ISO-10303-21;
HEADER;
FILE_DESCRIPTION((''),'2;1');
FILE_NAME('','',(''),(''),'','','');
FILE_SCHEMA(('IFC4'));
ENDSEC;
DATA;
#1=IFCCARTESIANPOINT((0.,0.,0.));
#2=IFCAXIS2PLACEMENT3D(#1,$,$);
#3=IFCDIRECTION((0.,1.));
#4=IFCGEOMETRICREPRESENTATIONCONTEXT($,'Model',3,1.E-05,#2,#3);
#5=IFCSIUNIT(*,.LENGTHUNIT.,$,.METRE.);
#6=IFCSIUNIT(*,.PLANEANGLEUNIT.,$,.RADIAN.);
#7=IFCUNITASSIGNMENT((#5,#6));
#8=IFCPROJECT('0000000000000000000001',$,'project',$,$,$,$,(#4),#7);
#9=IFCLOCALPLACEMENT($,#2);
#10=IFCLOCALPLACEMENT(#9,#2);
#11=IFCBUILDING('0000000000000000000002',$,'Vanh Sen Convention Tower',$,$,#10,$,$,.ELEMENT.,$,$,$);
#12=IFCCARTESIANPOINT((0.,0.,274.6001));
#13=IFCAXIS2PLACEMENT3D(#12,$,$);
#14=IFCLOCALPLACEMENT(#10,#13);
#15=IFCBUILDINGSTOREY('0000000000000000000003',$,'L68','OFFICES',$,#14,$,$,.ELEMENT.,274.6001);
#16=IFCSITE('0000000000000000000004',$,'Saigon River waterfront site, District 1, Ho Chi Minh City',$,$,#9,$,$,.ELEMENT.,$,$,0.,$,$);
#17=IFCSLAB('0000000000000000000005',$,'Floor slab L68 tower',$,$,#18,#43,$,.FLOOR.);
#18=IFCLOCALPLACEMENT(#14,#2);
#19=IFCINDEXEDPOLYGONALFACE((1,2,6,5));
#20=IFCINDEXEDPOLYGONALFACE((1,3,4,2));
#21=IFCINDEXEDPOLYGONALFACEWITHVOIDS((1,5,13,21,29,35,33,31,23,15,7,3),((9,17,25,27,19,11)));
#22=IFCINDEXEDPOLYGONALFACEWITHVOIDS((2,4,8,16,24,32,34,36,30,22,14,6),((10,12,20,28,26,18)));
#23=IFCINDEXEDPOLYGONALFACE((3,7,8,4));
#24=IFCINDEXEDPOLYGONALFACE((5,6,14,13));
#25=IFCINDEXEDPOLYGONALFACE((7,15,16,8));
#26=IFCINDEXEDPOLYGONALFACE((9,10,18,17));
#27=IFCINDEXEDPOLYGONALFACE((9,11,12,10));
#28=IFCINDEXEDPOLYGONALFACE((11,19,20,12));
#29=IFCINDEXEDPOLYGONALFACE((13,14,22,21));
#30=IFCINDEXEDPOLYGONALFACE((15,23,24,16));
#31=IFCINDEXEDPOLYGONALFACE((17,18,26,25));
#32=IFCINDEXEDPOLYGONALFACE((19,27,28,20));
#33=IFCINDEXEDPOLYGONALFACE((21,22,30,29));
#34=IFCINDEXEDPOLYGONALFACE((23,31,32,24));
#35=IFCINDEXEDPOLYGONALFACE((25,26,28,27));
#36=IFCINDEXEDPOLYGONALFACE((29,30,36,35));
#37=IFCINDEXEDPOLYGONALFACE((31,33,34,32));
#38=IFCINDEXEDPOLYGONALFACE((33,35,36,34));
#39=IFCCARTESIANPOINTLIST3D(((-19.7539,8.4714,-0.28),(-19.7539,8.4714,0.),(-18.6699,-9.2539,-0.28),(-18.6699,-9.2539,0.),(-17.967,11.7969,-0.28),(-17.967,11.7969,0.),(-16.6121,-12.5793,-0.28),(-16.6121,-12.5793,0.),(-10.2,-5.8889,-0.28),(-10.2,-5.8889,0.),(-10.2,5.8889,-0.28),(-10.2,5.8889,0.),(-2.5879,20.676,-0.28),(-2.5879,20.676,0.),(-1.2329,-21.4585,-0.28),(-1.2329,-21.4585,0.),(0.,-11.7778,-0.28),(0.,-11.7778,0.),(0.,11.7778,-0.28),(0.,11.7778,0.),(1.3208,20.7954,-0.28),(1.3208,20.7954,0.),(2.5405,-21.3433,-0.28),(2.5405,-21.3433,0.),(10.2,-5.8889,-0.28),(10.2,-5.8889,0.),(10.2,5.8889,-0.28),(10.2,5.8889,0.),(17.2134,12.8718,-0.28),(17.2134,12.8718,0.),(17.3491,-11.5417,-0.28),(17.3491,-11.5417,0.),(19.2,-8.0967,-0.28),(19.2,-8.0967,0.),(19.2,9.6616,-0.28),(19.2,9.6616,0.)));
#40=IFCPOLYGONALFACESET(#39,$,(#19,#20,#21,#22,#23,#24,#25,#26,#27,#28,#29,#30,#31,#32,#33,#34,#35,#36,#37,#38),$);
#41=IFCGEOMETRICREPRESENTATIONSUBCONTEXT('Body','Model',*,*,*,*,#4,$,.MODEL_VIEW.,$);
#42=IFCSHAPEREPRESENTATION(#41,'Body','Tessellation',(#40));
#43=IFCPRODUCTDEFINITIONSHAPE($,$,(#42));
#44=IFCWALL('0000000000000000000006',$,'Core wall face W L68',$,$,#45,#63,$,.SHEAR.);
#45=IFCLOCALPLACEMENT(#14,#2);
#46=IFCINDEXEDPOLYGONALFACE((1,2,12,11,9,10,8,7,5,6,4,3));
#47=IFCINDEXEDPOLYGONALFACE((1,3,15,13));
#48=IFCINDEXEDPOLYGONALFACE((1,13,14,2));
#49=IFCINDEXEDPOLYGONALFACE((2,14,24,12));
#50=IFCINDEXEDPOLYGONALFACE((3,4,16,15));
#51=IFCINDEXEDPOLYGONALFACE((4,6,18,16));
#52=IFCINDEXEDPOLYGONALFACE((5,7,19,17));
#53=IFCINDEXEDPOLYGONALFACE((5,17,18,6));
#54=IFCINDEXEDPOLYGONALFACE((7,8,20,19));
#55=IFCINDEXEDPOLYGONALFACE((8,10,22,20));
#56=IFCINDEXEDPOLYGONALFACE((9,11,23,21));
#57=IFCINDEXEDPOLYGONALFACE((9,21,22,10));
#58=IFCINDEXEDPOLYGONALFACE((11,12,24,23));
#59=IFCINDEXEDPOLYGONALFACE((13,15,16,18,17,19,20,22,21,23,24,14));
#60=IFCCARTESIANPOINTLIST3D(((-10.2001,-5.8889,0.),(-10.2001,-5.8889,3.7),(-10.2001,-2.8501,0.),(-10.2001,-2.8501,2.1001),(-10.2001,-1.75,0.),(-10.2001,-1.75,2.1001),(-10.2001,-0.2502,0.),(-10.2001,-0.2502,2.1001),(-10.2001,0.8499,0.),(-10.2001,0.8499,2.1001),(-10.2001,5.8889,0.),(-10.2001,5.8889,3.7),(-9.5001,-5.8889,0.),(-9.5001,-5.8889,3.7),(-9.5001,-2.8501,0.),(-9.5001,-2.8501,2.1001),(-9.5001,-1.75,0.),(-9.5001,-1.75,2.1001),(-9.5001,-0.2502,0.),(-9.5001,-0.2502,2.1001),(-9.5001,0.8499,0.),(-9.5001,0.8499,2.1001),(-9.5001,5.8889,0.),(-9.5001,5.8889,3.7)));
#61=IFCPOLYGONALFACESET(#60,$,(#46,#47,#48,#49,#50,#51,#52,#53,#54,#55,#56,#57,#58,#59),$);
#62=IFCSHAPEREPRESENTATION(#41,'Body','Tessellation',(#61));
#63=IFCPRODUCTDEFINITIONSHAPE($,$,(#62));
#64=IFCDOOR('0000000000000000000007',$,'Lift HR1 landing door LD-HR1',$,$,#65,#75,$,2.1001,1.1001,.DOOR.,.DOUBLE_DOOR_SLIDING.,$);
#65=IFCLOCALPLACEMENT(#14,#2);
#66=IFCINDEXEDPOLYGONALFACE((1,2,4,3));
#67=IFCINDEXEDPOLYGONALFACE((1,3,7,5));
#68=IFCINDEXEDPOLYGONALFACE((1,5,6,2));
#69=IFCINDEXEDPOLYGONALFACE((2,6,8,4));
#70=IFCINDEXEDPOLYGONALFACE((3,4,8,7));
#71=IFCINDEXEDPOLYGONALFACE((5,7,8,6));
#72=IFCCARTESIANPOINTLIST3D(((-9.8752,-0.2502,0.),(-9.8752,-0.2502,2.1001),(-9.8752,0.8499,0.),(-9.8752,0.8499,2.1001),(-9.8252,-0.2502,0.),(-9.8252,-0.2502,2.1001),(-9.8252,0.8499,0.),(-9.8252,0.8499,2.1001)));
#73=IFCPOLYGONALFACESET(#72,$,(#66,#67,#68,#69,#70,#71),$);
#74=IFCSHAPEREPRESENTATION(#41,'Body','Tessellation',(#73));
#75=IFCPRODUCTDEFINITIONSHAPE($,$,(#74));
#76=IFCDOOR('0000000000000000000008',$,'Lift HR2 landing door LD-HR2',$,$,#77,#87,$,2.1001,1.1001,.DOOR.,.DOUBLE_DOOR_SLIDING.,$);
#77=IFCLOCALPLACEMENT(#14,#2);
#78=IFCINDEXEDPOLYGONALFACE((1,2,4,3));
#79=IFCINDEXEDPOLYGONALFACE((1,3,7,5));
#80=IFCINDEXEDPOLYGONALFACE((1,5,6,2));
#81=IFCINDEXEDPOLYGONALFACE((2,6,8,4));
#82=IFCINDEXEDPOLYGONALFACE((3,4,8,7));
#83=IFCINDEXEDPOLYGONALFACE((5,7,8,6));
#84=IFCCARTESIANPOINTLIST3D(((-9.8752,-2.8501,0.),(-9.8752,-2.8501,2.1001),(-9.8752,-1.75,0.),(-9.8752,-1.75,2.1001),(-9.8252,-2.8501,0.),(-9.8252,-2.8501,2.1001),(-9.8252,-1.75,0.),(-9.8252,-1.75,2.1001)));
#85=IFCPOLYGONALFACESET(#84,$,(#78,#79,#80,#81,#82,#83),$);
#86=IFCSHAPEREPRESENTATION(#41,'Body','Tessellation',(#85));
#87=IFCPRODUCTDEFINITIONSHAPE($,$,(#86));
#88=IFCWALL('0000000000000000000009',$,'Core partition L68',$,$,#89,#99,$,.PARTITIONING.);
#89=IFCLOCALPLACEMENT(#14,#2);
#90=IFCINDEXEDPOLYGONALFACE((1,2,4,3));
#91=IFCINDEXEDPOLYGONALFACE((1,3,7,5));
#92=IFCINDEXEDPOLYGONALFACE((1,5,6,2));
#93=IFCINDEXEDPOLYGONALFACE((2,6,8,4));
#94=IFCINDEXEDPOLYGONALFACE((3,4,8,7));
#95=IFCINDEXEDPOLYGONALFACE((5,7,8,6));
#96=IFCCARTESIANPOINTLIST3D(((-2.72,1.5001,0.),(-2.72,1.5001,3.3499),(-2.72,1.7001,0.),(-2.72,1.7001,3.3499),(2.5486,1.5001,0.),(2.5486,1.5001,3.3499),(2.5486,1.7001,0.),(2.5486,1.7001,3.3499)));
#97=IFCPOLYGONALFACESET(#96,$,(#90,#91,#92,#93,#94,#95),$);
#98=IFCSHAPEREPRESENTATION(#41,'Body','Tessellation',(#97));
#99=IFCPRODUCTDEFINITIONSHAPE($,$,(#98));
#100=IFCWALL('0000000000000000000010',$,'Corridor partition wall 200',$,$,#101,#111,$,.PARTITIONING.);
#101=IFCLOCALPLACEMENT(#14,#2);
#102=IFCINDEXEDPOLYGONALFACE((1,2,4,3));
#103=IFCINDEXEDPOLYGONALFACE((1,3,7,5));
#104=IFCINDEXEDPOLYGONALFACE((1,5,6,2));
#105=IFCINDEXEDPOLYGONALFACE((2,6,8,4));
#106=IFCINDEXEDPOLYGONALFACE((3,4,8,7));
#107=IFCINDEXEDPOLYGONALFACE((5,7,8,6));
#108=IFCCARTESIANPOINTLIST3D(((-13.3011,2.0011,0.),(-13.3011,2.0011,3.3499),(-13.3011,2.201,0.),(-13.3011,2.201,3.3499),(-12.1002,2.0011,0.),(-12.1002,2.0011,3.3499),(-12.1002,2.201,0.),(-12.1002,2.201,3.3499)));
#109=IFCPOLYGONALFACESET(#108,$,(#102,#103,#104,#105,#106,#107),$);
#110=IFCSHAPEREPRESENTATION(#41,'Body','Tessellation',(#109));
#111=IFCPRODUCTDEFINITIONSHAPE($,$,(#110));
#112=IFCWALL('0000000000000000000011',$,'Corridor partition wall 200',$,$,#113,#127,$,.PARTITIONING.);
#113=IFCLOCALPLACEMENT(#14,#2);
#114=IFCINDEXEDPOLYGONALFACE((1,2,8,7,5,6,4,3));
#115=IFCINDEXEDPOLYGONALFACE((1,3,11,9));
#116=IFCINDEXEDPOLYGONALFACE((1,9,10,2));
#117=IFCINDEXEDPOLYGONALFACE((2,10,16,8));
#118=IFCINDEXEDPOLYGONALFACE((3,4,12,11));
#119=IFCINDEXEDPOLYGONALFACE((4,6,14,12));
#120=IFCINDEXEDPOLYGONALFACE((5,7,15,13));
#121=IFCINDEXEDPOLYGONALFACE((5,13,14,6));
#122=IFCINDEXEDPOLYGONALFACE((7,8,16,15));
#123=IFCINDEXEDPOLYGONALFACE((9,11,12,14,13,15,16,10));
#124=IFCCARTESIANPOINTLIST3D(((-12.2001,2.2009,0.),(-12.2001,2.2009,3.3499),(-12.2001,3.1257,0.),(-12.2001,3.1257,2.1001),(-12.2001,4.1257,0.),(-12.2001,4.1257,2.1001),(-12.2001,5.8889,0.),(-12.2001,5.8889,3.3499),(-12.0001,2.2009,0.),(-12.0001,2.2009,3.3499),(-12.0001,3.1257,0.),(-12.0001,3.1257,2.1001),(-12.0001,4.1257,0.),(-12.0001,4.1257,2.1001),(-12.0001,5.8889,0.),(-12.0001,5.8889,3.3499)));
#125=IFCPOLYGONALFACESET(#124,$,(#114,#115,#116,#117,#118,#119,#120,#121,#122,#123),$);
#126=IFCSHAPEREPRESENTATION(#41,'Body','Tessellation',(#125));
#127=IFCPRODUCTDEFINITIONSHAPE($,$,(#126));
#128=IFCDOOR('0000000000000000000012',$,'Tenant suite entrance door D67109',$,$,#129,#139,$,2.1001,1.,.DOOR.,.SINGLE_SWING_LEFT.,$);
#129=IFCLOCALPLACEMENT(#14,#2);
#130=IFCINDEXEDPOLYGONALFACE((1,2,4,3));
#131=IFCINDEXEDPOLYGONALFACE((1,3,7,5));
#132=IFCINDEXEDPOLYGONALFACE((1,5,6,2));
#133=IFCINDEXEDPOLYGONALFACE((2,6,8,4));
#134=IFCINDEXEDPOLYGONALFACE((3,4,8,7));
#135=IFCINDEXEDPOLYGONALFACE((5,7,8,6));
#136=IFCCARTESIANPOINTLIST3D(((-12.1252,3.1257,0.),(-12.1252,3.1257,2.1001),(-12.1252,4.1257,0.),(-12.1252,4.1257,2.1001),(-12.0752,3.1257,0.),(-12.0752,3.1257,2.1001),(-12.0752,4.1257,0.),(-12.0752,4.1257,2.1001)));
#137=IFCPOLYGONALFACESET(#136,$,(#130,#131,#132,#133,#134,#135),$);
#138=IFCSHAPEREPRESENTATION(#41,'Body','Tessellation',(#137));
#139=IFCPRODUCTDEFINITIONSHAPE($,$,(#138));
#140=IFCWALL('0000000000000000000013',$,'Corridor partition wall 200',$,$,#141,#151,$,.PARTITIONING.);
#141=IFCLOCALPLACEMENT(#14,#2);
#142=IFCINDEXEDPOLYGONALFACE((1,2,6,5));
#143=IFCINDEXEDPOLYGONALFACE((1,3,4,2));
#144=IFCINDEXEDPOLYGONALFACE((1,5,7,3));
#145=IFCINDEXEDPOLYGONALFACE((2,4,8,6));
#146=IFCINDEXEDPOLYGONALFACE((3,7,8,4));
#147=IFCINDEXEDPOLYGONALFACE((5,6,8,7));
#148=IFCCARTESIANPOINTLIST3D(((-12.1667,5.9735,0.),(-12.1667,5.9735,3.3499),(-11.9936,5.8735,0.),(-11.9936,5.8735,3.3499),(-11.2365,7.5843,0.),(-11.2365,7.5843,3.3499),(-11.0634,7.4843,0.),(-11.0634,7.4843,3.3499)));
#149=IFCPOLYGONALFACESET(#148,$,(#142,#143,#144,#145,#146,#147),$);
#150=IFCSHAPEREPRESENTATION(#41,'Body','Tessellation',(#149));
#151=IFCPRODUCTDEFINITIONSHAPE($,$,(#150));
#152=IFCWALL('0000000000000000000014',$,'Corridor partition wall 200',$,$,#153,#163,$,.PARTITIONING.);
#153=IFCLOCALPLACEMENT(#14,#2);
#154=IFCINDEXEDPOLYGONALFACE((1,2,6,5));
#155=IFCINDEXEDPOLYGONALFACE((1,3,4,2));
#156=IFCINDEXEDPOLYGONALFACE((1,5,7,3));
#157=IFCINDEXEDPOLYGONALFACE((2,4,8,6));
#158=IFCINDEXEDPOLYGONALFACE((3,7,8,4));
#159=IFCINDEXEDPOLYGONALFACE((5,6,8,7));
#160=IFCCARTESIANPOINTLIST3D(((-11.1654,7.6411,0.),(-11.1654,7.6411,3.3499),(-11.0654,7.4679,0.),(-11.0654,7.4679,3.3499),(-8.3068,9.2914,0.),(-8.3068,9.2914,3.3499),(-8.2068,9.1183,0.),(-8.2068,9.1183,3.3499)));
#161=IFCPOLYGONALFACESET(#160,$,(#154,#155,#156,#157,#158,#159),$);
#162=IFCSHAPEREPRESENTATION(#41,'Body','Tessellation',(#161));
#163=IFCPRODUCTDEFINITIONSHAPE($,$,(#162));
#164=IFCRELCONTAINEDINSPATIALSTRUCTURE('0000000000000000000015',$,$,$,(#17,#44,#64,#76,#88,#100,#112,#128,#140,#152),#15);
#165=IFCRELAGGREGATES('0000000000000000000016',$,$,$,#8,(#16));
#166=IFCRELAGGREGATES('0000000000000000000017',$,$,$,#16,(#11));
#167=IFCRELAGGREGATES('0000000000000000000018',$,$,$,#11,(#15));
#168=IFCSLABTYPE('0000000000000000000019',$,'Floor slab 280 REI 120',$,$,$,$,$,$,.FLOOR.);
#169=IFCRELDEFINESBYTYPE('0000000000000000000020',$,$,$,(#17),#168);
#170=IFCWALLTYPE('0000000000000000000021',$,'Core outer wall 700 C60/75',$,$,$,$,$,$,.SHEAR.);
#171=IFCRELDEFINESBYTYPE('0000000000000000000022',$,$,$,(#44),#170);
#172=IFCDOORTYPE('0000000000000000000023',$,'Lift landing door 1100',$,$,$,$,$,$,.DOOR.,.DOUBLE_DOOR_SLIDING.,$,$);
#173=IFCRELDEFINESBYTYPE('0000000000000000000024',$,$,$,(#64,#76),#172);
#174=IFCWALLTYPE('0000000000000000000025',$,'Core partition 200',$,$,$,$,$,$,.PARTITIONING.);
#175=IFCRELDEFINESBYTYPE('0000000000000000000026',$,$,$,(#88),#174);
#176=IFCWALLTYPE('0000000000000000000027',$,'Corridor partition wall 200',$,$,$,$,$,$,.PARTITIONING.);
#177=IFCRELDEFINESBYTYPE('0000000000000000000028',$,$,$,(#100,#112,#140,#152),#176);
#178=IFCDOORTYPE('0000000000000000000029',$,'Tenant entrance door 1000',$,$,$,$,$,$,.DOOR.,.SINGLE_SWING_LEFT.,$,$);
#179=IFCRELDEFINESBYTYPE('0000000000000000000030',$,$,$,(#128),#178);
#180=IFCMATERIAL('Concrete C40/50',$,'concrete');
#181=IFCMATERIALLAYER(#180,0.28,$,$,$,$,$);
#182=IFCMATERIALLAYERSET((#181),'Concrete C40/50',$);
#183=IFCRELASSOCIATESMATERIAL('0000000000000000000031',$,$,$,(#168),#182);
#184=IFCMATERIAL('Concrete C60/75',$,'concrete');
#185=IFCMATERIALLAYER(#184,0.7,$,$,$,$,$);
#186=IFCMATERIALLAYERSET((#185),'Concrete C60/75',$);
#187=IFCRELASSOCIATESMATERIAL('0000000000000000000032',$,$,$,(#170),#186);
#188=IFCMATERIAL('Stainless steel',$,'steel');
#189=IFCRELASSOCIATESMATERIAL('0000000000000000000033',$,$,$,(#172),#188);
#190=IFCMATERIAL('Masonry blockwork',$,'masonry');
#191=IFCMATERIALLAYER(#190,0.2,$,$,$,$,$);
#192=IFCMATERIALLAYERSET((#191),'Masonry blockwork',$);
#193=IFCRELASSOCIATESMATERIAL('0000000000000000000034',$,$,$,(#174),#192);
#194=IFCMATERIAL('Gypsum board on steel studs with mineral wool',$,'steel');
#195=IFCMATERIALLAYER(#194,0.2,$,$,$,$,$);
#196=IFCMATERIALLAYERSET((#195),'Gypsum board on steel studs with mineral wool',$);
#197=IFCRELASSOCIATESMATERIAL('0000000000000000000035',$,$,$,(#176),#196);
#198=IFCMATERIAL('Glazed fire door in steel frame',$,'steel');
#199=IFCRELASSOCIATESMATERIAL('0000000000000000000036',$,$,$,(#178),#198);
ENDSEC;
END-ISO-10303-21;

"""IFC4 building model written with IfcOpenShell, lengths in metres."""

from ifc_helpers import new_model, si_unit, direction, frame, frame_2d, origin, place, context, subcontext, project, spatial, polyline, rectangle, outline, extrude, material, layer, layer_set, type_object, element, fill, save


model = new_model("IFC4")

# Units and contexts
model_context = context("Model", 3, precision=1e-05, world=origin(), true_north=direction((0.0, 1.0)))
body_context = subcontext(model_context, "Body", "Model", "MODEL_VIEW")
ifc_project = project(units=[si_unit("LENGTHUNIT", "METRE"), si_unit("PLANEANGLEUNIT", "RADIAN")], contexts=[model_context])

# Site, building, storey
site_placement = place(None, origin())
site = spatial("IfcSite", under=ifc_project, at=site_placement, Name="Saigon River waterfront site, District 1, Ho Chi Minh City", CompositionType="ELEMENT", RefElevation=0.0)
building_placement = place(site_placement, origin())
building = spatial("IfcBuilding", under=site, at=building_placement, Name="Vanh Sen Convention Tower", CompositionType="ELEMENT")
storey_placement = place(building_placement, frame((0.0, 0.0, 274.6001)))
storey = spatial("IfcBuildingStorey", under=building, at=storey_placement, Name="L68", Description="OFFICES", CompositionType="ELEMENT", Elevation=274.6001)

# Slab
ifc_material_1 = material(Name="Concrete C40/50", Category="concrete")
ifc_layer_1 = layer(ifc_material_1, 0.28)
ifc_layer_set_1 = layer_set([ifc_layer_1], Name="Concrete C40/50")
slab_type = type_object("IfcSlabType", Name="Floor slab 280 REI 120", PredefinedType="FLOOR", material=ifc_layer_set_1)
slab_placement = place(storey_placement, frame((0.0, 0.0, -0.28)))
element("IfcSlab", 1, at=slab_placement, inside=storey, type_object=slab_type, Name="Floor slab L68 tower", PredefinedType="FLOOR", context=body_context, shape_type="SweptSolid", body=[
    extrude(outline(polyline([(19.2, -8.0967), (19.2, 9.6616), (17.2134, 12.8718), (1.3208, 20.7954), (-2.5879, 20.676), (-17.967, 11.7969), (-19.7539, 8.4714), (-18.6699, -9.2539), (-16.6121, -12.5793), (-1.2329, -21.4585), (2.5405, -21.3433), (17.3491, -11.5417), (19.2, -8.0967)]), holes=[polyline([(0.0, 11.7778), (-10.2, 5.8889), (-10.2, -5.8889), (0.0, -11.7778), (10.2, -5.8889), (10.2, 5.8889), (0.0, 11.7778)])]), origin(), (0.0, 0.0, 1.0), 0.28),
])

# Wall, openings, doors
ifc_material_2 = material(Name="Concrete C60/75", Category="concrete")
ifc_layer_2 = layer(ifc_material_2, 0.7)
ifc_layer_set_2 = layer_set([ifc_layer_2], Name="Concrete C60/75")
wall_type_1 = type_object("IfcWallType", Name="Core outer wall 700 C60/75", PredefinedType="SHEAR", material=ifc_layer_set_2)
wall_1_placement = place(storey_placement, frame((-9.8501, 5.8889, 0.0), z_axis=(0.0, 0.0, 1.0), x_axis=(0.0, -1.0, 0.0)))
wall_1 = element("IfcWall", 2, at=wall_1_placement, inside=storey, type_object=wall_type_1, Name="Core wall face W L68", PredefinedType="SHEAR", context=body_context, shape_type="SweptSolid", body=[
    extrude(rectangle(XDim=11.7778, YDim=0.7, at=frame_2d((5.8889, 0.0))), origin(), (0.0, 0.0, 1.0), 3.7),
])
opening_1_placement = place(wall_1_placement, frame((5.0391, 0.0, 0.0)))
opening_1 = element("IfcOpeningElement", 3, at=opening_1_placement, cuts=wall_1, PredefinedType="OPENING", context=body_context, shape_type="SweptSolid", body=[
    extrude(rectangle(XDim=1.1001, YDim=2.1001, at=frame_2d((0.55, 1.05))), frame((0.0, 0.3599, 0.0), z_axis=(0.0, -1.0, 0.0), x_axis=(1.0, 0.0, 0.0)), (0.0, 0.0, 1.0), 0.72),
])
opening_2_placement = place(wall_1_placement, frame((7.6389, 0.0, 0.0)))
opening_2 = element("IfcOpeningElement", 4, at=opening_2_placement, cuts=wall_1, PredefinedType="OPENING", context=body_context, shape_type="SweptSolid", body=[
    extrude(rectangle(XDim=1.1001, YDim=2.1001, at=frame_2d((0.55, 1.05))), frame((0.0, 0.3599, 0.0), z_axis=(0.0, -1.0, 0.0), x_axis=(1.0, 0.0, 0.0)), (0.0, 0.0, 1.0), 0.72),
])
ifc_material_3 = material(Name="Stainless steel", Category="steel")
door_type_1 = type_object("IfcDoorType", Name="Lift landing door 1100", OperationType="DOUBLE_DOOR_SLIDING", PredefinedType="DOOR", material=ifc_material_3)
door_1_placement = place(opening_1_placement, origin())
door_1 = element("IfcDoor", 5, at=door_1_placement, inside=storey, type_object=door_type_1, Name="Lift HR1 landing door LD-HR1", OperationType="DOUBLE_DOOR_SLIDING", OverallHeight=2.1001, OverallWidth=1.1001, PredefinedType="DOOR", context=body_context, shape_type="SweptSolid", body=[
    extrude(rectangle(XDim=1.1001, YDim=2.1001, at=frame_2d((0.55, 1.05))), frame((0.0, 0.0249, 0.0), z_axis=(0.0, -1.0, 0.0), x_axis=(1.0, 0.0, 0.0)), (0.0, 0.0, 1.0), 0.05),
])
fill(opening_1, door_1)
door_2_placement = place(opening_2_placement, origin())
door_2 = element("IfcDoor", 6, at=door_2_placement, inside=storey, type_object=door_type_1, Name="Lift HR2 landing door LD-HR2", OperationType="DOUBLE_DOOR_SLIDING", OverallHeight=2.1001, OverallWidth=1.1001, PredefinedType="DOOR", context=body_context, shape_type="SweptSolid", body=[
    extrude(rectangle(XDim=1.1001, YDim=2.1001, at=frame_2d((0.55, 1.05))), frame((0.0, 0.0249, 0.0), z_axis=(0.0, -1.0, 0.0), x_axis=(1.0, 0.0, 0.0)), (0.0, 0.0, 1.0), 0.05),
])
fill(opening_2, door_2)

# Walls
ifc_material_4 = material(Name="Masonry blockwork", Category="masonry")
ifc_layer_3 = layer(ifc_material_4, 0.2)
ifc_layer_set_3 = layer_set([ifc_layer_3], Name="Masonry blockwork")
wall_type_2 = type_object("IfcWallType", Name="Core partition 200", PredefinedType="PARTITIONING", material=ifc_layer_set_3)
wall_2_placement = place(storey_placement, frame((-2.72, 1.6001, 0.0), z_axis=(0.0, 0.0, 1.0), x_axis=(1.0, 0.0, 0.0)))
element("IfcWall", 7, at=wall_2_placement, inside=storey, type_object=wall_type_2, Name="Core partition L68", PredefinedType="PARTITIONING", context=body_context, shape_type="SweptSolid", body=[
    extrude(rectangle(XDim=5.2686, YDim=0.2, at=frame_2d((2.6343, 0.0))), origin(), (0.0, 0.0, 1.0), 3.3499),
])
ifc_material_5 = material(Name="Gypsum board on steel studs with mineral wool", Category="steel")
ifc_layer_4 = layer(ifc_material_5, 0.2)
ifc_layer_set_4 = layer_set([ifc_layer_4], Name="Gypsum board on steel studs with mineral wool")
wall_type_3 = type_object("IfcWallType", Name="Corridor partition wall 200", PredefinedType="PARTITIONING", material=ifc_layer_set_4)
wall_3_placement = place(storey_placement, frame((-12.1001, 2.1011, 0.0), z_axis=(0.0, 0.0, 1.0), x_axis=(-1.0, 0.0, 0.0)))
element("IfcWall", 8, at=wall_3_placement, inside=storey, type_object=wall_type_3, Name="Corridor partition wall 200", PredefinedType="PARTITIONING", context=body_context, shape_type="SweptSolid", body=[
    extrude(rectangle(XDim=1.2009, YDim=0.2, at=frame_2d((0.6006, 0.0))), origin(), (0.0, 0.0, 1.0), 3.3499),
])

# Wall, opening, door
wall_4_placement = place(storey_placement, frame((-12.1001, 5.8889, 0.0), z_axis=(0.0, 0.0, 1.0), x_axis=(0.0, -1.0, 0.0)))
wall_4 = element("IfcWall", 9, at=wall_4_placement, inside=storey, type_object=wall_type_3, Name="Corridor partition wall 200", PredefinedType="PARTITIONING", context=body_context, shape_type="SweptSolid", body=[
    extrude(rectangle(XDim=3.688, YDim=0.2, at=frame_2d((1.844, 0.0))), origin(), (0.0, 0.0, 1.0), 3.3499),
])
opening_3_placement = place(wall_4_placement, frame((1.7632, 0.0, 0.0)))
opening_3 = element("IfcOpeningElement", 10, at=opening_3_placement, cuts=wall_4, PredefinedType="OPENING", context=body_context, shape_type="SweptSolid", body=[
    extrude(rectangle(XDim=1.0, YDim=2.1001, at=frame_2d((0.5, 1.05))), frame((0.0, 0.1099, 0.0), z_axis=(0.0, -1.0, 0.0), x_axis=(1.0, 0.0, 0.0)), (0.0, 0.0, 1.0), 0.22),
])
ifc_material_6 = material(Name="Glazed fire door in steel frame", Category="steel")
door_type_2 = type_object("IfcDoorType", Name="Tenant entrance door 1000", OperationType="SINGLE_SWING_LEFT", PredefinedType="DOOR", material=ifc_material_6)
door_3_placement = place(opening_3_placement, origin())
door_3 = element("IfcDoor", 11, at=door_3_placement, inside=storey, type_object=door_type_2, Name="Tenant suite entrance door D67109", OperationType="SINGLE_SWING_LEFT", OverallHeight=2.1001, OverallWidth=1.0, PredefinedType="DOOR", context=body_context, shape_type="SweptSolid", body=[
    extrude(rectangle(XDim=1.0, YDim=2.1001, at=frame_2d((0.5, 1.05))), frame((0.0, 0.0249, 0.0), z_axis=(0.0, -1.0, 0.0), x_axis=(1.0, 0.0, 0.0)), (0.0, 0.0, 1.0), 0.05),
])
fill(opening_3, door_3)

# Walls
wall_5_placement = place(storey_placement, frame((-11.1499, 7.5344, 0.0), z_axis=(0.0, 0.0, 1.0), x_axis=(-0.500063, -0.865989, 0.0)))
element("IfcWall", 12, at=wall_5_placement, inside=storey, type_object=wall_type_3, Name="Corridor partition wall 200", PredefinedType="PARTITIONING", context=body_context, shape_type="SweptSolid", body=[
    extrude(rectangle(XDim=1.8601, YDim=0.2, at=frame_2d((0.9302, 0.0))), origin(), (0.0, 0.0, 1.0), 3.3499),
])
wall_6_placement = place(storey_placement, frame((-8.2568, 9.2048, 0.0), z_axis=(0.0, 0.0, 1.0), x_axis=(-0.866032, -0.499989, 0.0)))
element("IfcWall", 13, at=wall_6_placement, inside=storey, type_object=wall_type_3, Name="Corridor partition wall 200", PredefinedType="PARTITIONING", context=body_context, shape_type="SweptSolid", body=[
    extrude(rectangle(XDim=3.3008, YDim=0.2, at=frame_2d((1.6504, 0.0))), origin(), (0.0, 0.0, 1.0), 3.3499),
])

save(model, "model.ifc")
